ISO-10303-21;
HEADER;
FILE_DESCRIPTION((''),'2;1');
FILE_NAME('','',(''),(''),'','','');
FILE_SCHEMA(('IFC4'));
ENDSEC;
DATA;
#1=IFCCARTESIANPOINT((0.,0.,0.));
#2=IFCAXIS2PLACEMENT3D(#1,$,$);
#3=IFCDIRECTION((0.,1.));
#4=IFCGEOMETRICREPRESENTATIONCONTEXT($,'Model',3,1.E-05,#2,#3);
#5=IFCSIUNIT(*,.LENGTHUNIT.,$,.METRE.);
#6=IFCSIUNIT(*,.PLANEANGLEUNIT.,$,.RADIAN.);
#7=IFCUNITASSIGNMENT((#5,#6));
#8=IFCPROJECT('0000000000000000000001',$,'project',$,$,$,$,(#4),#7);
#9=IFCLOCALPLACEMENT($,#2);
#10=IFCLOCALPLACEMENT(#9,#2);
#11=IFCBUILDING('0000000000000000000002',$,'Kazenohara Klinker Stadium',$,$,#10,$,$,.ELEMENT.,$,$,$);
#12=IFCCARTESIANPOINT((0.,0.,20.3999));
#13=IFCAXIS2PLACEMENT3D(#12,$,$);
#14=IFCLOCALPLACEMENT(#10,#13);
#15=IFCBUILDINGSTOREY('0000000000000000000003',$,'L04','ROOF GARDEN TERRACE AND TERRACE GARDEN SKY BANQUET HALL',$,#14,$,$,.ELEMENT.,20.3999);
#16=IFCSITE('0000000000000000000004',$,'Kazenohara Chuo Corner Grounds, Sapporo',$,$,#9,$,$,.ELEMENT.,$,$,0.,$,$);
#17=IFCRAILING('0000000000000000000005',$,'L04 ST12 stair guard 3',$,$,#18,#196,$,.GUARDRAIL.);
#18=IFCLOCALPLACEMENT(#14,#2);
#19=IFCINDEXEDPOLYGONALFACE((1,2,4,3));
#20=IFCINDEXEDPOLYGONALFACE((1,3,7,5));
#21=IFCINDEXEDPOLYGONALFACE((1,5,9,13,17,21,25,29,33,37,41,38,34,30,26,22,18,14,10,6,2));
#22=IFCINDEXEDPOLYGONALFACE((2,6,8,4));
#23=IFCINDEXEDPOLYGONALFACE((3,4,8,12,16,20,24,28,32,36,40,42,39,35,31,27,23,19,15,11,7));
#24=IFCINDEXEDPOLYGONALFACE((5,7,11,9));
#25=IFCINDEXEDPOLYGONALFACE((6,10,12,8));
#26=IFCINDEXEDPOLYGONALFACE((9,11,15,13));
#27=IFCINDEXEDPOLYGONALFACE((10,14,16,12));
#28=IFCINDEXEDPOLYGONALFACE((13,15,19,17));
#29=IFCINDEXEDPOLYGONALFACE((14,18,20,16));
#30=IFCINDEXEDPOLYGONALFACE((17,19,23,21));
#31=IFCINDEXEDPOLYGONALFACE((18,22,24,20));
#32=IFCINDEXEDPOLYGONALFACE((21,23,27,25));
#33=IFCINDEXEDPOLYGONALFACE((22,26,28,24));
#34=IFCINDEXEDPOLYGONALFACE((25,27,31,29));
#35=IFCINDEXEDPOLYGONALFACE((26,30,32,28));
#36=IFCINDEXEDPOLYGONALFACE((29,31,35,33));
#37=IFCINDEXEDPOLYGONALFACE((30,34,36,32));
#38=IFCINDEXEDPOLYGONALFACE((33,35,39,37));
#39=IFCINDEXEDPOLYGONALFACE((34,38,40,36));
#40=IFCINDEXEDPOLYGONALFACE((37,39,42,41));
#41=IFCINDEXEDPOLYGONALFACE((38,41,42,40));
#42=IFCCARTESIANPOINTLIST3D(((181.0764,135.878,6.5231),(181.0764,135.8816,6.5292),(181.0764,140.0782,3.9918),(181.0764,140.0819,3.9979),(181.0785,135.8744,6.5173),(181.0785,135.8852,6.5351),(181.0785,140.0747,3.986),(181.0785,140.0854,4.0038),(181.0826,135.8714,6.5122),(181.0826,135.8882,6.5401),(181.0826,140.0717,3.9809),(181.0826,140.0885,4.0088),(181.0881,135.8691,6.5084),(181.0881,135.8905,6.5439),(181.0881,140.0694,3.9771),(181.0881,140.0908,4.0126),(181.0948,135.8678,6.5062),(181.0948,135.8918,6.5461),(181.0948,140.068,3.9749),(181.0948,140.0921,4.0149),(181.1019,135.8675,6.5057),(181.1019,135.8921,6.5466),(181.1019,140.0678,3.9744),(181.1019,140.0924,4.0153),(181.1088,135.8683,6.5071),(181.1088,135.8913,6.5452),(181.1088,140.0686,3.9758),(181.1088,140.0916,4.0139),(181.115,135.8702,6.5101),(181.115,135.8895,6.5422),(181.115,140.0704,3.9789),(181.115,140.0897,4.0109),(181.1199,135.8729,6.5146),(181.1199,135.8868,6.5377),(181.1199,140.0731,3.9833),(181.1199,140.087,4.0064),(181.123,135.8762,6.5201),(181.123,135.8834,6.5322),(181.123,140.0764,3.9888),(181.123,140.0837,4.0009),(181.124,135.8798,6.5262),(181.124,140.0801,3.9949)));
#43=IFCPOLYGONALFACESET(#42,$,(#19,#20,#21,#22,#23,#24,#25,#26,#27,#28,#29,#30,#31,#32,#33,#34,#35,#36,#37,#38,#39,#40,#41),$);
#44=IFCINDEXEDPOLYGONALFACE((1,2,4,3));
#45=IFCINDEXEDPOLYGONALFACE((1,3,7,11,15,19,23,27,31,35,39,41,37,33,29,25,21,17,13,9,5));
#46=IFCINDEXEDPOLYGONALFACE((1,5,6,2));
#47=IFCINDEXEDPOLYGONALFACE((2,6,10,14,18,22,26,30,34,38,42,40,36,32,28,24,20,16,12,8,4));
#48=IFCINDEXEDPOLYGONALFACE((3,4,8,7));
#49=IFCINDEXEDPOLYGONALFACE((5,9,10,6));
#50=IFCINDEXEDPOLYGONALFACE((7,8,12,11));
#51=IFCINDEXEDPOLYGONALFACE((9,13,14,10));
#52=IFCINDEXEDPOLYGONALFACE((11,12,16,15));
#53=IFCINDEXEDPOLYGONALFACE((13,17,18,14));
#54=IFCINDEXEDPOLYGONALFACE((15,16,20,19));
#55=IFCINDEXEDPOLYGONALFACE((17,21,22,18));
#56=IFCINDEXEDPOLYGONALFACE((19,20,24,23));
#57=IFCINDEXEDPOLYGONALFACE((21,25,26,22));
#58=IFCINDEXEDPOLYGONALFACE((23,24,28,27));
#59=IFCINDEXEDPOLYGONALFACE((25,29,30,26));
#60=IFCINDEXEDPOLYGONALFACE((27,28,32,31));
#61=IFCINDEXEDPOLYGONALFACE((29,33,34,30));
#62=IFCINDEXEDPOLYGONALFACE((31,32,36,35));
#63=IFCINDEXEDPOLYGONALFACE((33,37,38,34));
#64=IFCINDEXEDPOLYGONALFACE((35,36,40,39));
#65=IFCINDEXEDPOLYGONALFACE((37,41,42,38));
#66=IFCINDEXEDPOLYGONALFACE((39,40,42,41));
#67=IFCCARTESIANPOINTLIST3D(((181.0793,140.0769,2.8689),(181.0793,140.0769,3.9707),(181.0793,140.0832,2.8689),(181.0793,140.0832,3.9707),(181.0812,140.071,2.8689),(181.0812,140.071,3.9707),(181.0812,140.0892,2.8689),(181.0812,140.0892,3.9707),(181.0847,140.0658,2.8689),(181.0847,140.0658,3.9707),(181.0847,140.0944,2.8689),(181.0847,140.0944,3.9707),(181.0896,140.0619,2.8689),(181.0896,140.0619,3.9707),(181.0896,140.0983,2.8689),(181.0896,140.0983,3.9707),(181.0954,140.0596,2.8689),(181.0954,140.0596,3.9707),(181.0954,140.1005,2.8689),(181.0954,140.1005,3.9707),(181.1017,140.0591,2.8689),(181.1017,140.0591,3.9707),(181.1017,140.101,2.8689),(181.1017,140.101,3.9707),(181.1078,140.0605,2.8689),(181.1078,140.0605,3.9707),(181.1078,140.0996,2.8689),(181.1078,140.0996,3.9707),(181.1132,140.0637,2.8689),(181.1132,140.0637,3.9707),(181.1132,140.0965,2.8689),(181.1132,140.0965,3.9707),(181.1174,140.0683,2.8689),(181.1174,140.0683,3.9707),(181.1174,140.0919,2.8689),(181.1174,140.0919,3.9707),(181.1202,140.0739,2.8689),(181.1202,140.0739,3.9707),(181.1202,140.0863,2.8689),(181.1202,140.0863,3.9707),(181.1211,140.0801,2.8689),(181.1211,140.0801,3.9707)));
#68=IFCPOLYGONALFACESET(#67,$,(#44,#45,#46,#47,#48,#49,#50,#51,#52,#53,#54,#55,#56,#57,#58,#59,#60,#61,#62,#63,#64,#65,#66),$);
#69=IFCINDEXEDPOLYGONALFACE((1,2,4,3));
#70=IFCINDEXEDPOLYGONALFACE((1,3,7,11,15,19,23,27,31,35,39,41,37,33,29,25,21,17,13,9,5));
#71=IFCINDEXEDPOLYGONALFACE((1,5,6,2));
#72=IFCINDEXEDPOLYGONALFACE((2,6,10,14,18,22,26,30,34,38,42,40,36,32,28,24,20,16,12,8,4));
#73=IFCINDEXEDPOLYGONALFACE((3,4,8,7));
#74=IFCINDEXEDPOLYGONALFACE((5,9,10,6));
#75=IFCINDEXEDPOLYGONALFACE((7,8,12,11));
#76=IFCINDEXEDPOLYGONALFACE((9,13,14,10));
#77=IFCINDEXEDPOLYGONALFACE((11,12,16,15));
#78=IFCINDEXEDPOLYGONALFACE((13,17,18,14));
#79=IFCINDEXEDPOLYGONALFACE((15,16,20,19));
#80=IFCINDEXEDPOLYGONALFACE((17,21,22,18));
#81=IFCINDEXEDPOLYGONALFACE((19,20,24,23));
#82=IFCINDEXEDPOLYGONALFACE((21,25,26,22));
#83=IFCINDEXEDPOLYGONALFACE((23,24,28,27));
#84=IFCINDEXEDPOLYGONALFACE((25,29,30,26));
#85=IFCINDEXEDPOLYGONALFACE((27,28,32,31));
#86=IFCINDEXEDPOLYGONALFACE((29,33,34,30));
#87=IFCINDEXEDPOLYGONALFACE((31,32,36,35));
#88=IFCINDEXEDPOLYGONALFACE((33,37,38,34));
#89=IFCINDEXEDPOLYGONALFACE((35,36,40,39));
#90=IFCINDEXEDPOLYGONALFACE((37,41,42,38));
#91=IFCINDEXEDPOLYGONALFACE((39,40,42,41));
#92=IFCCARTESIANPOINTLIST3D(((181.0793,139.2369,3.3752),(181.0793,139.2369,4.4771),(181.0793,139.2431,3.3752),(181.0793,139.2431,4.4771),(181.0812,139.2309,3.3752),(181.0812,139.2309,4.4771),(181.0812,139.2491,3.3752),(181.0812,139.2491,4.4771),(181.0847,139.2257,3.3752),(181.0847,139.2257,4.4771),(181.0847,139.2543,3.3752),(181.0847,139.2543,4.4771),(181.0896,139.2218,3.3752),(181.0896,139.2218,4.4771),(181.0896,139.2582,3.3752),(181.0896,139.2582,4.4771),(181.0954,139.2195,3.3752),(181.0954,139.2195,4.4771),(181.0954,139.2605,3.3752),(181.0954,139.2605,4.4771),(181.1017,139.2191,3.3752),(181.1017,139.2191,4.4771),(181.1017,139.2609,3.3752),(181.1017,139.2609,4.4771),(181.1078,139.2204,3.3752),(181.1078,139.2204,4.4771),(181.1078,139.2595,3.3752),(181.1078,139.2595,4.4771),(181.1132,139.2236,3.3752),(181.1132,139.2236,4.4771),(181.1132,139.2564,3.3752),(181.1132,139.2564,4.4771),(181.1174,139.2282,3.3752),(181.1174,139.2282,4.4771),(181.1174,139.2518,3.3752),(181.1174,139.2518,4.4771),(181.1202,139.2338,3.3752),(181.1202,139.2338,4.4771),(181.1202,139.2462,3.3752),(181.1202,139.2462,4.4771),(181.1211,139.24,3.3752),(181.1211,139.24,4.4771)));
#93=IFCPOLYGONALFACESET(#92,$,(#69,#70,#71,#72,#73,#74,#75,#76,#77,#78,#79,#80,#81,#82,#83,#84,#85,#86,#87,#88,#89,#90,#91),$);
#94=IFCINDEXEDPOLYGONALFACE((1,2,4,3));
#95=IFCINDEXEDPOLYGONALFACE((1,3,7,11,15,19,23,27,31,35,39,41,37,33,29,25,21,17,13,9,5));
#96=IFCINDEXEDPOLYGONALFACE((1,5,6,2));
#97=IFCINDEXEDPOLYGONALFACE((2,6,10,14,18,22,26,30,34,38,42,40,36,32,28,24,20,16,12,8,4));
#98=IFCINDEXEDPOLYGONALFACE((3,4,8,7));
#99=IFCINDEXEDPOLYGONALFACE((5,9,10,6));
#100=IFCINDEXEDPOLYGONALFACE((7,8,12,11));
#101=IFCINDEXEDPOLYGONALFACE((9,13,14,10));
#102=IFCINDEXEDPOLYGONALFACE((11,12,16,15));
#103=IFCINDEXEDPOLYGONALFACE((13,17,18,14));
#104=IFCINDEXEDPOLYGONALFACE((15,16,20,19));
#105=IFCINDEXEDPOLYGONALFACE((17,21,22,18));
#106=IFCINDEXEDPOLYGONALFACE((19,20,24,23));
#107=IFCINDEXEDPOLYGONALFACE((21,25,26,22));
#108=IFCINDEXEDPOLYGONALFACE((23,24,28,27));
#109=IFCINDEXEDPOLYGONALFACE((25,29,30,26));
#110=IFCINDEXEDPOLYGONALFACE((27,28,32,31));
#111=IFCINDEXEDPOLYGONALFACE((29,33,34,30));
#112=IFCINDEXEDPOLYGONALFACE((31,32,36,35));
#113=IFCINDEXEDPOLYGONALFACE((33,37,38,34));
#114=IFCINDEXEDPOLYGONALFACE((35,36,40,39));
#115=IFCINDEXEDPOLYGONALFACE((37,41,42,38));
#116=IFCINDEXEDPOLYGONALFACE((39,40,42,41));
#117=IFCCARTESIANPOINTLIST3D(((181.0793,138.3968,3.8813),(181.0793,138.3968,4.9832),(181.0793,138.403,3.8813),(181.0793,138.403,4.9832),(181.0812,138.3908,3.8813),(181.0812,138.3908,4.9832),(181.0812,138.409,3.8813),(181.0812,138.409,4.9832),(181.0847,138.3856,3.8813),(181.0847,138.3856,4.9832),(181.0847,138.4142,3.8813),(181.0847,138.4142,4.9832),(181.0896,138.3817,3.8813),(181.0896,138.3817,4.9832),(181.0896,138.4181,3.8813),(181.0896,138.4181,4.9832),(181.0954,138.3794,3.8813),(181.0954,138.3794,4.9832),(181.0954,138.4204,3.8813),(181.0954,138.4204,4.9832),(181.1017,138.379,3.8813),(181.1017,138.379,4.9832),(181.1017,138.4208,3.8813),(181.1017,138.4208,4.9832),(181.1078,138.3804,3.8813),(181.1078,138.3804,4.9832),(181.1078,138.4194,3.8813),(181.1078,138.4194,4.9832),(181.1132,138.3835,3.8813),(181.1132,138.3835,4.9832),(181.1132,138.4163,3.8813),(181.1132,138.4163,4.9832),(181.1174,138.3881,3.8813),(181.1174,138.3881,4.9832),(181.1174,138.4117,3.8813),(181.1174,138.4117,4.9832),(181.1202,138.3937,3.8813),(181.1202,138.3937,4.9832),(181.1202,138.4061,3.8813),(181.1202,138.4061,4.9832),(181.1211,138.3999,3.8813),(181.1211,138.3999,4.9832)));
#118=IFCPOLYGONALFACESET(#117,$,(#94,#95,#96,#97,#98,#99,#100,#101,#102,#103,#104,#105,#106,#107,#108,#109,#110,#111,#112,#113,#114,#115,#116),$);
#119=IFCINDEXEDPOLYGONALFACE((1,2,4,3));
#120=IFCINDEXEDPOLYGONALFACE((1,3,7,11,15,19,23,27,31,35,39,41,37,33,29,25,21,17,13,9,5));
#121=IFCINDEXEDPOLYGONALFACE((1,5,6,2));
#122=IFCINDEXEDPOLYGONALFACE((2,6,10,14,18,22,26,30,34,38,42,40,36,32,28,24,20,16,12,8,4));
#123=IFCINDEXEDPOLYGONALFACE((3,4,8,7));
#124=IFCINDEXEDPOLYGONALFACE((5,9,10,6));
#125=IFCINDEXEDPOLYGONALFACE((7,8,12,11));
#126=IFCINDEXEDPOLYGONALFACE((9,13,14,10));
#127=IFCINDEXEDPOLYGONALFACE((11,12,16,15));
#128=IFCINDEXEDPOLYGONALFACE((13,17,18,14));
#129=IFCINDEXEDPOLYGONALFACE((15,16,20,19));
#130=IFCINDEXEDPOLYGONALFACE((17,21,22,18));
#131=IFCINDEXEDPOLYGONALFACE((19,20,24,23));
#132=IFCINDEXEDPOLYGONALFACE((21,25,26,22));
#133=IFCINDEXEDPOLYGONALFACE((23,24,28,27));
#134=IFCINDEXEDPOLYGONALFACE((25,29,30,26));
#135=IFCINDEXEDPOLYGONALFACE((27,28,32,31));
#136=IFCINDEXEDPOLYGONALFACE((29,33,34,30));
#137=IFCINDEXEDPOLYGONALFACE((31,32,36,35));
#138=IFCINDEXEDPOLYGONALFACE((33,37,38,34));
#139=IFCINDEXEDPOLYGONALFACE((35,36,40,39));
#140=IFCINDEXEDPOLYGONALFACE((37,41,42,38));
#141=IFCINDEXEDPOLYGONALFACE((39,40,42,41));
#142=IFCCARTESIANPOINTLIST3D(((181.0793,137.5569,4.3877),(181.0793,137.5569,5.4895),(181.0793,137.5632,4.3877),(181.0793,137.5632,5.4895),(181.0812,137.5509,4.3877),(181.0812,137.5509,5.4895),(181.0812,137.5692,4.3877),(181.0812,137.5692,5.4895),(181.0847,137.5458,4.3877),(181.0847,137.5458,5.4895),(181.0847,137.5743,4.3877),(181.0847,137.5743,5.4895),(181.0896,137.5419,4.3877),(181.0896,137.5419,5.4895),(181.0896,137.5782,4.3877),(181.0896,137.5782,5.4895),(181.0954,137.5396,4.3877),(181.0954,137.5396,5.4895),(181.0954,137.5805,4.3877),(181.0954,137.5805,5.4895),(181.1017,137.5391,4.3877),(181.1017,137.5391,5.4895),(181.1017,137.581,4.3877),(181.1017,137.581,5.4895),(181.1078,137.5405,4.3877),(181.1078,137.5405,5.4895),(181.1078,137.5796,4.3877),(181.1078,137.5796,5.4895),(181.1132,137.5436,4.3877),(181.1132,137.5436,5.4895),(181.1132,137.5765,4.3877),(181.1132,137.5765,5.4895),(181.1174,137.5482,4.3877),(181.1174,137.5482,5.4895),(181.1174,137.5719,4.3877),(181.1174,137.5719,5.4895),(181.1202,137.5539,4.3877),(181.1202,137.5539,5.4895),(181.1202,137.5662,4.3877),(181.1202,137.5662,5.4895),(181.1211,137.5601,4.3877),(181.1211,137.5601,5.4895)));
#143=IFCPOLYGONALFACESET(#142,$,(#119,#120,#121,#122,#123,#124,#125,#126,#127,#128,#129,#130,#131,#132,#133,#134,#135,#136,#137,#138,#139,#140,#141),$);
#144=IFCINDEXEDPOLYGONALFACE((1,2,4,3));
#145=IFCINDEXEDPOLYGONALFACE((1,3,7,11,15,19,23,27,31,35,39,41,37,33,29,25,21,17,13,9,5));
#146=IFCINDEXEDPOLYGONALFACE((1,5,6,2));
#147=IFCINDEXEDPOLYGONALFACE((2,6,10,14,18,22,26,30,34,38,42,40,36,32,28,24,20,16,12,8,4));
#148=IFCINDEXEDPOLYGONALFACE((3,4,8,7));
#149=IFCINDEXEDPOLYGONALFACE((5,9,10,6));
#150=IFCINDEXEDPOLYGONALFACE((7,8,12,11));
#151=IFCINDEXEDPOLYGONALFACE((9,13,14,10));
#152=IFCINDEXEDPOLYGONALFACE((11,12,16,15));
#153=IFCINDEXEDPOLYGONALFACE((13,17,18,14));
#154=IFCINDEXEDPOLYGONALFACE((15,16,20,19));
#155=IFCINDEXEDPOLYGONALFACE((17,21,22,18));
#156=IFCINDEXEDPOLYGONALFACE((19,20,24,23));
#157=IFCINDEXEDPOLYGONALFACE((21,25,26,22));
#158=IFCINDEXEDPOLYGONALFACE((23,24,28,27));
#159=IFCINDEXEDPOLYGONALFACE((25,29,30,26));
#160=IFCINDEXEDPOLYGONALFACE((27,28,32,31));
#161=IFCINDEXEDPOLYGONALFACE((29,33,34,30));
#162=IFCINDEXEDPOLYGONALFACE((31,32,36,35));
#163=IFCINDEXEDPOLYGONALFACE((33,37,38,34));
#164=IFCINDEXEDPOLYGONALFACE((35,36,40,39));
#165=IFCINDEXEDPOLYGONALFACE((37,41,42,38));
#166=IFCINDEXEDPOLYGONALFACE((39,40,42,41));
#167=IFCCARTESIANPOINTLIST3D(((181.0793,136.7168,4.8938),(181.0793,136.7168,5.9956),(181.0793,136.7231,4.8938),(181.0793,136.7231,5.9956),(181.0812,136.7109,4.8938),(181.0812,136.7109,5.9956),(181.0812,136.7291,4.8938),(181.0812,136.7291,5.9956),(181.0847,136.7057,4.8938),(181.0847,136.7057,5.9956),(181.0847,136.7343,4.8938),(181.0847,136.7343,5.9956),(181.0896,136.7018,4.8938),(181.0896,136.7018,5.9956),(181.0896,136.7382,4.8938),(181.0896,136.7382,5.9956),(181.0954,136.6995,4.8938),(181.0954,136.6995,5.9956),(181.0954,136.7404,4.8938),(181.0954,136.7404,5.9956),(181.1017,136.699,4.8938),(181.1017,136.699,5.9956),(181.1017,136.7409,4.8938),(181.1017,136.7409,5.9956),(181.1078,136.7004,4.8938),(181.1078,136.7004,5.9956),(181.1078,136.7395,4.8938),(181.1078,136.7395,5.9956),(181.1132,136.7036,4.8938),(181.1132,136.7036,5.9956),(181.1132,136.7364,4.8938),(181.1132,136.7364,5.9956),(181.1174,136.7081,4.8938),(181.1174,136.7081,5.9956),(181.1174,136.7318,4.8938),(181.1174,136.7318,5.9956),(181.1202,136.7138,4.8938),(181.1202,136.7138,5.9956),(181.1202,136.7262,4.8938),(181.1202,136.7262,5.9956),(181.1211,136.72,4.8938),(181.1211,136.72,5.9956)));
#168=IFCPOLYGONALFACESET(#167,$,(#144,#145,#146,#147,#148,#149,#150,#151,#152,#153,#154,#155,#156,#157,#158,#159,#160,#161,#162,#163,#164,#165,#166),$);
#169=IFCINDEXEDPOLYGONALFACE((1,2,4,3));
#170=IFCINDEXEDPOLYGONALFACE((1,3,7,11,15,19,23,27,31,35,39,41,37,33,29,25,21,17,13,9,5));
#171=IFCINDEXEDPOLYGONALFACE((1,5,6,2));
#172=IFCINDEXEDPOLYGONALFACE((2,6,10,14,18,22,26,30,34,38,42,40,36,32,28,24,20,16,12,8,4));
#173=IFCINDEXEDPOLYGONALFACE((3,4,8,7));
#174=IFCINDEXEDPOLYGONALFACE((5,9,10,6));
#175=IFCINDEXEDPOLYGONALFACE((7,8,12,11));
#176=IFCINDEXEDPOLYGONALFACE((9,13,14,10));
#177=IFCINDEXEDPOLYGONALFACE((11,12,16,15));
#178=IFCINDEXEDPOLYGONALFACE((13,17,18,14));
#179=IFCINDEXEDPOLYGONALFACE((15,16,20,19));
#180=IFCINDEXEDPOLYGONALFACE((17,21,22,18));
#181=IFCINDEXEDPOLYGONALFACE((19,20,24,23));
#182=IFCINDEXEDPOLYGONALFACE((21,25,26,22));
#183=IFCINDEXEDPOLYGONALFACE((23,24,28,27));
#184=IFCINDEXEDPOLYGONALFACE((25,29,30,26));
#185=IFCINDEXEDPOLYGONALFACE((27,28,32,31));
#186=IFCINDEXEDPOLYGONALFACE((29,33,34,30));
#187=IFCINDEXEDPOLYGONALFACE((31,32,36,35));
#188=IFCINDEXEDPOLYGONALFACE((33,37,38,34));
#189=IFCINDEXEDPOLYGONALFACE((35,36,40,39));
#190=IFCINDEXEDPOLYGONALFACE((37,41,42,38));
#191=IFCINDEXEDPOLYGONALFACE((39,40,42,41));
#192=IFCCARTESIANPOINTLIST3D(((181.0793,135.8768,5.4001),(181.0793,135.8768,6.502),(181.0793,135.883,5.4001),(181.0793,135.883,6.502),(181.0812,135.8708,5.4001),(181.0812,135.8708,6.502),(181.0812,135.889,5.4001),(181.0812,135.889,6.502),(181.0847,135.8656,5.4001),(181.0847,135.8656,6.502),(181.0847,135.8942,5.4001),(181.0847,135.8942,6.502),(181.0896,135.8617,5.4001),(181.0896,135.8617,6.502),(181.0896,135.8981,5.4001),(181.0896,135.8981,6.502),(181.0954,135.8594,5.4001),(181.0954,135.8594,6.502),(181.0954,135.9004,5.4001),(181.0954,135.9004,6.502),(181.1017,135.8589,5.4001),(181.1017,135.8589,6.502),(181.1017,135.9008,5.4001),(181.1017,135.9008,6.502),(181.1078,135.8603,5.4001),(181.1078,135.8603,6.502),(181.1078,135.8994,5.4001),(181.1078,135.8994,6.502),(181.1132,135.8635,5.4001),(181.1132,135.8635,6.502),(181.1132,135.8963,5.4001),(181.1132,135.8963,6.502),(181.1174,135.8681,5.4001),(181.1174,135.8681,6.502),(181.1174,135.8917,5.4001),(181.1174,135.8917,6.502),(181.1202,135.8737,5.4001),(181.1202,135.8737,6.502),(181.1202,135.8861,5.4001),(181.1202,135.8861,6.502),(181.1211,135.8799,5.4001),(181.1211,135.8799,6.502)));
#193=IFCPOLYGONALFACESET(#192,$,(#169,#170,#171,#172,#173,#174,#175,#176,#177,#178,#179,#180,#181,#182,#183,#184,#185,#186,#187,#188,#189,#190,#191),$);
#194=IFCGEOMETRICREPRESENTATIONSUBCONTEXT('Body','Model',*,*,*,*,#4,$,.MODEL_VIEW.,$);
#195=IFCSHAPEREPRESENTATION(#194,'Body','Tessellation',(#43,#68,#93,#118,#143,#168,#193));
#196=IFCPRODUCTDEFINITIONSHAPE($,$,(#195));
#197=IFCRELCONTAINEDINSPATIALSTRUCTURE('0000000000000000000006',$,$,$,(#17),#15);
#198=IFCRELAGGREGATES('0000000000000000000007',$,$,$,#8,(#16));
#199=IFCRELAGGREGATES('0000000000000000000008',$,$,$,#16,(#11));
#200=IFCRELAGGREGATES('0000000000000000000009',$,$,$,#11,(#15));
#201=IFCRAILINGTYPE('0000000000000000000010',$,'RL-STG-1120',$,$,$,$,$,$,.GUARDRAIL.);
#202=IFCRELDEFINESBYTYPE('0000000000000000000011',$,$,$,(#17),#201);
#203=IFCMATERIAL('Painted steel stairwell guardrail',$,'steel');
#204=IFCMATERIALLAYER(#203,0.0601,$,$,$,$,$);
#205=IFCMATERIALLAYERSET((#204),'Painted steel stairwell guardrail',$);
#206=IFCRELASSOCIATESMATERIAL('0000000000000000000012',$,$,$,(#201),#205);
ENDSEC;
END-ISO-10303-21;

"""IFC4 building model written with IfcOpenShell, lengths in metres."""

from ifc_helpers import new_model, si_unit, direction, frame, origin, origin_2d, place, context, subcontext, project, spatial, circle, extrude, material, layer, layer_set, type_object, element, save


model = new_model("IFC4")

# Units and contexts
model_context = context("Model", 3, precision=1e-05, world=origin(), true_north=direction((0.0, 1.0)))
body_context = subcontext(model_context, "Body", "Model", "MODEL_VIEW")
ifc_project = project(units=[si_unit("LENGTHUNIT", "METRE"), si_unit("PLANEANGLEUNIT", "RADIAN")], contexts=[model_context])

# Site, building, storey
site_placement = place(None, origin())
site = spatial("IfcSite", under=ifc_project, at=site_placement, Name="Kazenohara Chuo Corner Grounds, Sapporo", CompositionType="ELEMENT", RefElevation=0.0)
building_placement = place(site_placement, origin())
building = spatial("IfcBuilding", under=site, at=building_placement, Name="Kazenohara Klinker Stadium", CompositionType="ELEMENT")
storey_placement = place(building_placement, frame((0.0, 0.0, 20.3999)))
storey = spatial("IfcBuildingStorey", under=building, at=storey_placement, Name="L04", Description="ROOF GARDEN TERRACE AND TERRACE GARDEN SKY BANQUET HALL", CompositionType="ELEMENT", Elevation=20.3999)

# Railing
ifc_material_1 = material(Name="Painted steel stairwell guardrail", Category="steel")
ifc_layer_1 = layer(ifc_material_1, 0.0601)
ifc_layer_set_1 = layer_set([ifc_layer_1], Name="Painted steel stairwell guardrail")
railing_type_1 = type_object("IfcRailingType", Name="RL-STG-1120", PredefinedType="GUARDRAIL", material=ifc_layer_set_1)
railing_1_placement = place(storey_placement, frame((181.1001, 140.0801, 2.8689)))
element("IfcRailing", 1, at=railing_1_placement, inside=storey, type_object=railing_type_1, Name="L04 ST12 stair guard 3", PredefinedType="GUARDRAIL", context=body_context, shape_type="SweptSolid", body=[
    extrude(circle(Radius=0.0239, at=origin_2d()), frame((0.0, 0.0, 1.126), z_axis=(0.0, -0.85649, 0.516164), x_axis=(1.0, 0.0, 0.0)), (0.0, 0.0, 1.0), 4.9041),
    extrude(circle(Radius=0.021, at=origin_2d()), origin(), (0.0, 0.0, 1.0), 1.1018),
    extrude(circle(Radius=0.021, at=origin_2d()), frame((0.0, -0.8401, 0.5063)), (0.0, 0.0, 1.0), 1.1018),
    extrude(circle(Radius=0.021, at=origin_2d()), frame((0.0, -1.6802, 1.0125)), (0.0, 0.0, 1.0), 1.1018),
    extrude(circle(Radius=0.021, at=origin_2d()), frame((0.0, -2.52, 1.5188)), (0.0, 0.0, 1.0), 1.1018),
    extrude(circle(Radius=0.021, at=origin_2d()), frame((0.0, -3.3601, 2.0249)), (0.0, 0.0, 1.0), 1.1018),
    extrude(circle(Radius=0.021, at=origin_2d()), frame((0.0, -4.2002, 2.5312)), (0.0, 0.0, 1.0), 1.1018),
])

save(model, "model.ifc")
